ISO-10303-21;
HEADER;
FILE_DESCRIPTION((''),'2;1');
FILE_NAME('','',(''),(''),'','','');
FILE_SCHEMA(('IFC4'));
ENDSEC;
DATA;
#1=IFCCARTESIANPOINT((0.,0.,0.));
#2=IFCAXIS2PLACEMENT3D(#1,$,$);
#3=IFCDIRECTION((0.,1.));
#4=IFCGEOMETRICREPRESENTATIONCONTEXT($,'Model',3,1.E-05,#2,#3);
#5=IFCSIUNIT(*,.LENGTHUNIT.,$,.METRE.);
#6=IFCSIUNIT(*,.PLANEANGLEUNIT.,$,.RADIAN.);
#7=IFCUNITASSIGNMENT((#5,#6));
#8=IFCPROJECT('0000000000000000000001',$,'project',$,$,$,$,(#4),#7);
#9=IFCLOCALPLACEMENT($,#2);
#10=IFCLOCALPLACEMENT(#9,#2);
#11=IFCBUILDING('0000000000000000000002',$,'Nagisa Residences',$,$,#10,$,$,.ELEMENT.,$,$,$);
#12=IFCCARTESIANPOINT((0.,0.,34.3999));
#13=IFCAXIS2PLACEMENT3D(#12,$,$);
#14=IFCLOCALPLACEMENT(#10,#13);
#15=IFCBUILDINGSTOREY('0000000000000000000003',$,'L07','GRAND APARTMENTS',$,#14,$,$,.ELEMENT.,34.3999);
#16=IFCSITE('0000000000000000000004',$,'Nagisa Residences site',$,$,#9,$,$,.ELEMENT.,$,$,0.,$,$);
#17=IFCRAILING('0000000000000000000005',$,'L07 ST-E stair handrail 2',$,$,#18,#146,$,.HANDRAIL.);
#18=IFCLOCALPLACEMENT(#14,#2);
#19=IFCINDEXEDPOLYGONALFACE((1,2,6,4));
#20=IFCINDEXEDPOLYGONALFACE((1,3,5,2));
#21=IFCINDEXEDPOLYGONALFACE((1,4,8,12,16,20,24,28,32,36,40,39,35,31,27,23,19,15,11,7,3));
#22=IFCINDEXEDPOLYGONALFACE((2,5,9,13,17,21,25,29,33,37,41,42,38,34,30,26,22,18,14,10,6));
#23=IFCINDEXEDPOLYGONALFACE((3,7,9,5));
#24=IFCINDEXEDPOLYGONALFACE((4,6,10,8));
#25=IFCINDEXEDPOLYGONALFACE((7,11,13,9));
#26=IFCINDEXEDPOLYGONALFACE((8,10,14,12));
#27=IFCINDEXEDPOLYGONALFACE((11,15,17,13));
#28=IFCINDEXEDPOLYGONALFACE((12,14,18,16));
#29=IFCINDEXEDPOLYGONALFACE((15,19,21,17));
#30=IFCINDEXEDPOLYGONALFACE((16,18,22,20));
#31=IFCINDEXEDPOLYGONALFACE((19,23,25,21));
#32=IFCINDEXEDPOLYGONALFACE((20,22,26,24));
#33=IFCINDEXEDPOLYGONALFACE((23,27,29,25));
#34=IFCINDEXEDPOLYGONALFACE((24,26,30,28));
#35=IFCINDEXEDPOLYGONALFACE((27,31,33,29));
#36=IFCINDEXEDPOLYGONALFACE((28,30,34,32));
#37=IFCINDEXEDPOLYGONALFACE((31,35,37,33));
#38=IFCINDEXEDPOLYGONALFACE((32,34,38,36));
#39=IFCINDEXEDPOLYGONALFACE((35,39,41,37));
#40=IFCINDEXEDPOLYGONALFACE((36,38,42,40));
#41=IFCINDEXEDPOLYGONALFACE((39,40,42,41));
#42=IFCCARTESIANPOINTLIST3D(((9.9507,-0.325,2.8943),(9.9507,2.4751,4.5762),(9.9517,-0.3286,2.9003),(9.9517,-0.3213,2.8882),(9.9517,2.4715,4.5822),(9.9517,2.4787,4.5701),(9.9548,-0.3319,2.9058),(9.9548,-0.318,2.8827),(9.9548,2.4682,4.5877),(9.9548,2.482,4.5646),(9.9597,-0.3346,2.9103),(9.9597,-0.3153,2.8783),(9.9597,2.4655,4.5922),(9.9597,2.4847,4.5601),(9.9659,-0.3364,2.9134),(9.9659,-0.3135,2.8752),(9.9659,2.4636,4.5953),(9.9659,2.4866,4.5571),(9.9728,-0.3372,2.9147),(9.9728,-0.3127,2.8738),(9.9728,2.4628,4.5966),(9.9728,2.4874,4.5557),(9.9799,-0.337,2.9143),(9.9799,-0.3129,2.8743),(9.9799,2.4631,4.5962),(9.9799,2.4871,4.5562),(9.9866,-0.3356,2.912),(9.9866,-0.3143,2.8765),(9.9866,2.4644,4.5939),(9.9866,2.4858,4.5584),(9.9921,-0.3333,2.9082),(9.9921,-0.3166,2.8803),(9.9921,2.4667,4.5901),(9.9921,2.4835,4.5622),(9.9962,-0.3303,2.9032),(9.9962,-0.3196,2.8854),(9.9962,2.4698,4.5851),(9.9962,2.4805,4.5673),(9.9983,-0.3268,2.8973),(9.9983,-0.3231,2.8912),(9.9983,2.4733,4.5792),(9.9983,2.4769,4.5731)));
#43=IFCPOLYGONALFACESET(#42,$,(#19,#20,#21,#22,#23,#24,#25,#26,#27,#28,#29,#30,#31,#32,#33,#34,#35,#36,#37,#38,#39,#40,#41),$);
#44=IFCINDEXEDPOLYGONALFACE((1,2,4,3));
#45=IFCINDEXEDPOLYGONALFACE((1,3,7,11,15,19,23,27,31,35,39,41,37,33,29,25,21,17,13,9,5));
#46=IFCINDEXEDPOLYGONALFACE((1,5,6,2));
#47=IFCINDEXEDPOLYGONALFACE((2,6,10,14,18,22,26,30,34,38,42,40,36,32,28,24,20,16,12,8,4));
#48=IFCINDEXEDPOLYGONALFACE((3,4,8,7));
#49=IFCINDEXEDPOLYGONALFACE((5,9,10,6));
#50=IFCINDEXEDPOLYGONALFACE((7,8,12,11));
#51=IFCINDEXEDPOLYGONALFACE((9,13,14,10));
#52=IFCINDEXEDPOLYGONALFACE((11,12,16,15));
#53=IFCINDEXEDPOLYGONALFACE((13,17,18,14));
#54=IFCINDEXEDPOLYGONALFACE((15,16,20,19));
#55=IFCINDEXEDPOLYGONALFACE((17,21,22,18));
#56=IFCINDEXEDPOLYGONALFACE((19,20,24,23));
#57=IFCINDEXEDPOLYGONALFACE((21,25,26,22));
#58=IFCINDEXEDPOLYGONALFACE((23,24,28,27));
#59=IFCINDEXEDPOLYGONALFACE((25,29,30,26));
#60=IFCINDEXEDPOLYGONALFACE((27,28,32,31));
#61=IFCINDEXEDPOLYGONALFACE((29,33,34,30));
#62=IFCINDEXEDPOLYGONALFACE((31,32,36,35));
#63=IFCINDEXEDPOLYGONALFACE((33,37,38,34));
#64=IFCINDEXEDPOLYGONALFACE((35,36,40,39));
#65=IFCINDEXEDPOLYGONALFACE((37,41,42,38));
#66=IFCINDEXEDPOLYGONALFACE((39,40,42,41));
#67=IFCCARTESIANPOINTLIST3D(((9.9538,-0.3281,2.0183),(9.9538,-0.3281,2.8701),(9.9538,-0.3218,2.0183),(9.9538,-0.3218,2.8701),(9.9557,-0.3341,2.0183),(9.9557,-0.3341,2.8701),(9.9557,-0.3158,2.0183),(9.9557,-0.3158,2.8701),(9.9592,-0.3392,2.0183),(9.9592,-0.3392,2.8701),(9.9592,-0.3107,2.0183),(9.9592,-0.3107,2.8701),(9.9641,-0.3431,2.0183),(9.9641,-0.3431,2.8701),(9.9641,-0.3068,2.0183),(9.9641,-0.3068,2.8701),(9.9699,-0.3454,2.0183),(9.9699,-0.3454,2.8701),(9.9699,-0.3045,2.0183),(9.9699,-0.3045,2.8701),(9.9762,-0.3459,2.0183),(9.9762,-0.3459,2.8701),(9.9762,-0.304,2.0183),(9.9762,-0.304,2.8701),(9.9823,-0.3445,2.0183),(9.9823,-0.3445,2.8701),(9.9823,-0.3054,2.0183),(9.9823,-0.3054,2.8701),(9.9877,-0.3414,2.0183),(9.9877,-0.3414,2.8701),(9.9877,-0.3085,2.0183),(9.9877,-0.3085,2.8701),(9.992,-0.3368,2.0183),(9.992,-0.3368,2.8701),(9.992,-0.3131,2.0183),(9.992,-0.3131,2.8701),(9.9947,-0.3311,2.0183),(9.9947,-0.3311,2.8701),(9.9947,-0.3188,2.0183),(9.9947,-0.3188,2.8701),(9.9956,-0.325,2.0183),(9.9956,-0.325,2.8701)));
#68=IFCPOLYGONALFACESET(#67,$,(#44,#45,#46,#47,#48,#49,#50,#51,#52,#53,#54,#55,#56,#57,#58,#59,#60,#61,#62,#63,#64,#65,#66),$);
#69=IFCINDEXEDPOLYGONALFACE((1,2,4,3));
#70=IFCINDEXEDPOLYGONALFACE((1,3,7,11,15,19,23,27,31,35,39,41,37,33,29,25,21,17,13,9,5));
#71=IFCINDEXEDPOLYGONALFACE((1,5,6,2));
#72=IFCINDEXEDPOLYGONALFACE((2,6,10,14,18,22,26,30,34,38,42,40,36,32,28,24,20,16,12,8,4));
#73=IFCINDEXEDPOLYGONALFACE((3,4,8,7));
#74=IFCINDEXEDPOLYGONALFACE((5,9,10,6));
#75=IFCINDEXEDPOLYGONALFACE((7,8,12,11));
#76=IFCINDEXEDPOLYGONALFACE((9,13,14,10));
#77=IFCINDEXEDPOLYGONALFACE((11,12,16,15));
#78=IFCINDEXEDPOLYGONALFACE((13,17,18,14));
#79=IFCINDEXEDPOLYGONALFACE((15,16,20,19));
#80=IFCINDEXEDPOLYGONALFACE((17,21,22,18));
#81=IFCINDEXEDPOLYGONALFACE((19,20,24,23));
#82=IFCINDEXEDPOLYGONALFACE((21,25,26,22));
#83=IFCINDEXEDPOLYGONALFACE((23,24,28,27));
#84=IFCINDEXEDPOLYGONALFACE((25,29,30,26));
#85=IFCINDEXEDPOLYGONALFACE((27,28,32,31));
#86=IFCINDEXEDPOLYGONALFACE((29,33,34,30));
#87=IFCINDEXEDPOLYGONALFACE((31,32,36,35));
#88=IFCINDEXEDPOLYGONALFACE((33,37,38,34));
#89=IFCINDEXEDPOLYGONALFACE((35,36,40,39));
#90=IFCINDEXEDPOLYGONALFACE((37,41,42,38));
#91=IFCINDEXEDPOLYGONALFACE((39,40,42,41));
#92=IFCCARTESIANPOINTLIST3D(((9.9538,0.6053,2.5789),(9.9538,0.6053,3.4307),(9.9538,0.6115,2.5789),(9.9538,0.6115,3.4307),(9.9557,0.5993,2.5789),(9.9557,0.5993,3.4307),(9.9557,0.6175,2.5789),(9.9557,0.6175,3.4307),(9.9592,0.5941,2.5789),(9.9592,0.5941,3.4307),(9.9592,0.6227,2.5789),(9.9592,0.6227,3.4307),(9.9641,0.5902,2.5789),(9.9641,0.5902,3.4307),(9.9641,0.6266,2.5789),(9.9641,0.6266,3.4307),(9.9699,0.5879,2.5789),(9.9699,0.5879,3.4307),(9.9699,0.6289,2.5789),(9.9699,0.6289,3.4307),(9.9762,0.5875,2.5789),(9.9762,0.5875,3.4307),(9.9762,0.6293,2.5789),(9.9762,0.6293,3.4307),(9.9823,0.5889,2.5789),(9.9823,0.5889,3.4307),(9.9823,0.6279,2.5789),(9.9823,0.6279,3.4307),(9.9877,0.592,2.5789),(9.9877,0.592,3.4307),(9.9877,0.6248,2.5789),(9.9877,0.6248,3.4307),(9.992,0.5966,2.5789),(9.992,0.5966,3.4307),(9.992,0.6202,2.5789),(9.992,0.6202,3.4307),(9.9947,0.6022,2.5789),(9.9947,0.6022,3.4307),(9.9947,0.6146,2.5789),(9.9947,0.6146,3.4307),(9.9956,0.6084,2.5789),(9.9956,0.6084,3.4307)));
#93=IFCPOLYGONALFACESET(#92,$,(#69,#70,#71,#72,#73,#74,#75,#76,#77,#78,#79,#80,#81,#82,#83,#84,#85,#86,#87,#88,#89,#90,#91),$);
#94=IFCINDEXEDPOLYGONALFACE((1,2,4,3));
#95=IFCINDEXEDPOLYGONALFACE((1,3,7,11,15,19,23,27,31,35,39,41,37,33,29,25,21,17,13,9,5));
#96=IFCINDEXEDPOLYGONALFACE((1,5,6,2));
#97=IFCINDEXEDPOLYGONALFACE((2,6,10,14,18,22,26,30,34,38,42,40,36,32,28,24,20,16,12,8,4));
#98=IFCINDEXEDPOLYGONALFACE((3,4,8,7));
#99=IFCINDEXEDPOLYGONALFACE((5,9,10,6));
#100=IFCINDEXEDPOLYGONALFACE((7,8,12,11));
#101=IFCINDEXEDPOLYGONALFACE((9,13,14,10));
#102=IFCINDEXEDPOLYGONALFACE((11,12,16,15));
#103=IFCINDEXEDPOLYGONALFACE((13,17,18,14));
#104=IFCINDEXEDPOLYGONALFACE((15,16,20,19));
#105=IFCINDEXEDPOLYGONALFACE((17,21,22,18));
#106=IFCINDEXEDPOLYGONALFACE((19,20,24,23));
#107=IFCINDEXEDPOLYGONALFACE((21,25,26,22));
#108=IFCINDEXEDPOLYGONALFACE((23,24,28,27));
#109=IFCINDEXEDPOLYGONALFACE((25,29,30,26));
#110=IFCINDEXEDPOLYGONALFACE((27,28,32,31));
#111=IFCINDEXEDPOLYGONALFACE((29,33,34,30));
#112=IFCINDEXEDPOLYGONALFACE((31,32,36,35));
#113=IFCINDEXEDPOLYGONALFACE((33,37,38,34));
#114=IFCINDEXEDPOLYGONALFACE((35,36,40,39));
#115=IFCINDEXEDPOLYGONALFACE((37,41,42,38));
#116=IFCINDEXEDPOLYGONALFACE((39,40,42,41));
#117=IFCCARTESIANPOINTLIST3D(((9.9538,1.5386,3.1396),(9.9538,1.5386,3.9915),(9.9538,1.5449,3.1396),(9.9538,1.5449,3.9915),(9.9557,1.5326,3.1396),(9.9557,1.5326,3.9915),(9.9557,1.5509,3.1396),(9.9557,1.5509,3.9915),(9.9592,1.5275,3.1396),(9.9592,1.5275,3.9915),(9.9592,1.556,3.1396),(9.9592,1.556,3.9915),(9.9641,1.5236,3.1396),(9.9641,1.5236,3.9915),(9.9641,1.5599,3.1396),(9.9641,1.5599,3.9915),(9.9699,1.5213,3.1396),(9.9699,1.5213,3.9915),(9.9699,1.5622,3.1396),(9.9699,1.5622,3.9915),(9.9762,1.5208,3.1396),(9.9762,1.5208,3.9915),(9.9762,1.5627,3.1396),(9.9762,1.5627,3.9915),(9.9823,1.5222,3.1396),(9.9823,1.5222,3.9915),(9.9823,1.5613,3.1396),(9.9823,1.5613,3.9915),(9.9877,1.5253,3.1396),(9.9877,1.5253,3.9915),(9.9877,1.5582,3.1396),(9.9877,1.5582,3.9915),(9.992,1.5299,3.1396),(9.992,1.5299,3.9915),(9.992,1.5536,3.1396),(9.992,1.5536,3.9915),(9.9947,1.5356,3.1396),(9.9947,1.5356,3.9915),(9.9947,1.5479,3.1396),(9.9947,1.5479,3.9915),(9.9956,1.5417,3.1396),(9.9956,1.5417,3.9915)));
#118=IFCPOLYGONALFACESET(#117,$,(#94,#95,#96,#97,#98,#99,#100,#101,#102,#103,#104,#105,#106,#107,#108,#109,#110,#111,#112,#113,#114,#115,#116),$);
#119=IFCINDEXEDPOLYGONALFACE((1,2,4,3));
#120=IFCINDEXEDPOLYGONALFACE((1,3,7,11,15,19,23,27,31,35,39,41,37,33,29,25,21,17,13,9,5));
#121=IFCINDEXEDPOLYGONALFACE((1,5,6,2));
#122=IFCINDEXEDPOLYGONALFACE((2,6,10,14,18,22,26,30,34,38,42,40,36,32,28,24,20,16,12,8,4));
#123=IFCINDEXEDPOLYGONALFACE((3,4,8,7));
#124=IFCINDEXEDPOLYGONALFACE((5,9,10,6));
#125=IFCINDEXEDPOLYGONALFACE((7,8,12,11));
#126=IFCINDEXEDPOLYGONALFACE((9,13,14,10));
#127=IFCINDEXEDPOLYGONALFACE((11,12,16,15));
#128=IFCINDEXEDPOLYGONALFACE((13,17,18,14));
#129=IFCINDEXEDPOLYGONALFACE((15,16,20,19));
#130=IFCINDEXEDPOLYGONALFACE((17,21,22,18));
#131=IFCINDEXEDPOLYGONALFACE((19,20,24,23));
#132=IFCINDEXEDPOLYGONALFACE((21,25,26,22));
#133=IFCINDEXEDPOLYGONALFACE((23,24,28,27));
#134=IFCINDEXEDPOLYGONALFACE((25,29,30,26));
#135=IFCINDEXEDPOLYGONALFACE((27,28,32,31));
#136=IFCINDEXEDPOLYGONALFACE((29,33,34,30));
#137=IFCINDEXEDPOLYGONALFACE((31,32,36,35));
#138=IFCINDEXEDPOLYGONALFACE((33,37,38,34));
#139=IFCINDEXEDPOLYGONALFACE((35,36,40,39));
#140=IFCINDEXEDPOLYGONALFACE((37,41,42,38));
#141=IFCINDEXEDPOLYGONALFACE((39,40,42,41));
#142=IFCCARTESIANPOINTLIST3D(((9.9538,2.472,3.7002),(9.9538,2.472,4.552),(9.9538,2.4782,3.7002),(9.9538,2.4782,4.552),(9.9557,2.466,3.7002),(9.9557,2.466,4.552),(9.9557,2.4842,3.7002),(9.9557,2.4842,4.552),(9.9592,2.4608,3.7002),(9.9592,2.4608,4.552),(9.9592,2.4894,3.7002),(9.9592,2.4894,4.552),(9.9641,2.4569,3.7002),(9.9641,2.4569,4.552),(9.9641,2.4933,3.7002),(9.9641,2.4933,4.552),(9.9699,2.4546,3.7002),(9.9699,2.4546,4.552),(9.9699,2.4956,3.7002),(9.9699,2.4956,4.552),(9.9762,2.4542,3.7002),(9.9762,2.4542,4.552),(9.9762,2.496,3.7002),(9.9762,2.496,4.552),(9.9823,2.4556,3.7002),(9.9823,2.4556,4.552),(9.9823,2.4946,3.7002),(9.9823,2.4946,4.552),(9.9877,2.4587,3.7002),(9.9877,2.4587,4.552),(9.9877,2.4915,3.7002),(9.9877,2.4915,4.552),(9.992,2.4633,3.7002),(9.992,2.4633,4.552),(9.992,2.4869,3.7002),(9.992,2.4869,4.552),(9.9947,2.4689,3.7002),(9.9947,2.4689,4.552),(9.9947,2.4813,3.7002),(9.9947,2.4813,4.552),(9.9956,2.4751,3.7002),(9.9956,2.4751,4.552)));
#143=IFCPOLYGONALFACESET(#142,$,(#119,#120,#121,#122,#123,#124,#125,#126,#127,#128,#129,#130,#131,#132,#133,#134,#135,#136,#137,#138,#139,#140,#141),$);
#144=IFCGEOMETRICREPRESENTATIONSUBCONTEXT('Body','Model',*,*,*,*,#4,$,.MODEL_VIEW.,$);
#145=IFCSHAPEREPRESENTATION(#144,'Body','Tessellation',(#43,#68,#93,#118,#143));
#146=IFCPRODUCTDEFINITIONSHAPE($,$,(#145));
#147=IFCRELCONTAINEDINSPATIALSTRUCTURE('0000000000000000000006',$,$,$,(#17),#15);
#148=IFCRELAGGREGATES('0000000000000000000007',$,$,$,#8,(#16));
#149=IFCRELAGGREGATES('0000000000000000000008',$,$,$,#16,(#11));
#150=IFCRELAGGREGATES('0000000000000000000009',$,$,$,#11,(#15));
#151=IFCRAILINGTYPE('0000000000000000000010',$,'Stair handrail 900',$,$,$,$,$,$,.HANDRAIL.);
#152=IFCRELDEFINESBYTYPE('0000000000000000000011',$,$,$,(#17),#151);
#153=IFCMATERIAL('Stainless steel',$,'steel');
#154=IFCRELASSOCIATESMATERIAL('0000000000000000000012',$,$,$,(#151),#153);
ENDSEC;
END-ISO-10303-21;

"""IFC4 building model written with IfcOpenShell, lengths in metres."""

from ifc_helpers import new_model, si_unit, direction, frame, origin, origin_2d, place, context, subcontext, project, spatial, circle, extrude, material, type_object, element, save


model = new_model("IFC4")

# Units and contexts
model_context = context("Model", 3, precision=1e-05, world=origin(), true_north=direction((0.0, 1.0)))
body_context = subcontext(model_context, "Body", "Model", "MODEL_VIEW")
ifc_project = project(units=[si_unit("LENGTHUNIT", "METRE"), si_unit("PLANEANGLEUNIT", "RADIAN")], contexts=[model_context])

# Site, building, storey
site_placement = place(None, origin())
site = spatial("IfcSite", under=ifc_project, at=site_placement, Name="Nagisa Residences site", CompositionType="ELEMENT", RefElevation=0.0)
building_placement = place(site_placement, origin())
building = spatial("IfcBuilding", under=site, at=building_placement, Name="Nagisa Residences", CompositionType="ELEMENT")
storey_placement = place(building_placement, frame((0.0, 0.0, 34.3999)))
storey = spatial("IfcBuildingStorey", under=building, at=storey_placement, Name="L07", Description="GRAND APARTMENTS", CompositionType="ELEMENT", Elevation=34.3999)

# Railing
ifc_material_1 = material(Name="Stainless steel", Category="steel")
railing_type = type_object("IfcRailingType", Name="Stair handrail 900", PredefinedType="HANDRAIL", material=ifc_material_1)
railing_placement = place(storey_placement, frame((9.9746, -0.325, 2.0183)))
element("IfcRailing", 1, at=railing_placement, inside=storey, type_object=railing_type, Name="L07 ST-E stair handrail 2", PredefinedType="HANDRAIL", context=body_context, shape_type="SweptSolid", body=[
    extrude(circle(Radius=0.0239, at=origin_2d()), frame((0.0, 0.0, 0.876), z_axis=(0.0, 0.857242, 0.514913), x_axis=(-1.0, 0.0, 0.0)), (0.0, 0.0, 1.0), 3.2664),
    extrude(circle(Radius=0.021, at=origin_2d()), origin(), (0.0, 0.0, 1.0), 0.8518),
    extrude(circle(Radius=0.021, at=origin_2d()), frame((0.0, 0.9333, 0.5605)), (0.0, 0.0, 1.0), 0.8518),
    extrude(circle(Radius=0.021, at=origin_2d()), frame((0.0, 1.8667, 1.1213)), (0.0, 0.0, 1.0), 0.8518),
    extrude(circle(Radius=0.021, at=origin_2d()), frame((0.0, 2.8, 1.6819)), (0.0, 0.0, 1.0), 0.8518),
])

save(model, "model.ifc")
